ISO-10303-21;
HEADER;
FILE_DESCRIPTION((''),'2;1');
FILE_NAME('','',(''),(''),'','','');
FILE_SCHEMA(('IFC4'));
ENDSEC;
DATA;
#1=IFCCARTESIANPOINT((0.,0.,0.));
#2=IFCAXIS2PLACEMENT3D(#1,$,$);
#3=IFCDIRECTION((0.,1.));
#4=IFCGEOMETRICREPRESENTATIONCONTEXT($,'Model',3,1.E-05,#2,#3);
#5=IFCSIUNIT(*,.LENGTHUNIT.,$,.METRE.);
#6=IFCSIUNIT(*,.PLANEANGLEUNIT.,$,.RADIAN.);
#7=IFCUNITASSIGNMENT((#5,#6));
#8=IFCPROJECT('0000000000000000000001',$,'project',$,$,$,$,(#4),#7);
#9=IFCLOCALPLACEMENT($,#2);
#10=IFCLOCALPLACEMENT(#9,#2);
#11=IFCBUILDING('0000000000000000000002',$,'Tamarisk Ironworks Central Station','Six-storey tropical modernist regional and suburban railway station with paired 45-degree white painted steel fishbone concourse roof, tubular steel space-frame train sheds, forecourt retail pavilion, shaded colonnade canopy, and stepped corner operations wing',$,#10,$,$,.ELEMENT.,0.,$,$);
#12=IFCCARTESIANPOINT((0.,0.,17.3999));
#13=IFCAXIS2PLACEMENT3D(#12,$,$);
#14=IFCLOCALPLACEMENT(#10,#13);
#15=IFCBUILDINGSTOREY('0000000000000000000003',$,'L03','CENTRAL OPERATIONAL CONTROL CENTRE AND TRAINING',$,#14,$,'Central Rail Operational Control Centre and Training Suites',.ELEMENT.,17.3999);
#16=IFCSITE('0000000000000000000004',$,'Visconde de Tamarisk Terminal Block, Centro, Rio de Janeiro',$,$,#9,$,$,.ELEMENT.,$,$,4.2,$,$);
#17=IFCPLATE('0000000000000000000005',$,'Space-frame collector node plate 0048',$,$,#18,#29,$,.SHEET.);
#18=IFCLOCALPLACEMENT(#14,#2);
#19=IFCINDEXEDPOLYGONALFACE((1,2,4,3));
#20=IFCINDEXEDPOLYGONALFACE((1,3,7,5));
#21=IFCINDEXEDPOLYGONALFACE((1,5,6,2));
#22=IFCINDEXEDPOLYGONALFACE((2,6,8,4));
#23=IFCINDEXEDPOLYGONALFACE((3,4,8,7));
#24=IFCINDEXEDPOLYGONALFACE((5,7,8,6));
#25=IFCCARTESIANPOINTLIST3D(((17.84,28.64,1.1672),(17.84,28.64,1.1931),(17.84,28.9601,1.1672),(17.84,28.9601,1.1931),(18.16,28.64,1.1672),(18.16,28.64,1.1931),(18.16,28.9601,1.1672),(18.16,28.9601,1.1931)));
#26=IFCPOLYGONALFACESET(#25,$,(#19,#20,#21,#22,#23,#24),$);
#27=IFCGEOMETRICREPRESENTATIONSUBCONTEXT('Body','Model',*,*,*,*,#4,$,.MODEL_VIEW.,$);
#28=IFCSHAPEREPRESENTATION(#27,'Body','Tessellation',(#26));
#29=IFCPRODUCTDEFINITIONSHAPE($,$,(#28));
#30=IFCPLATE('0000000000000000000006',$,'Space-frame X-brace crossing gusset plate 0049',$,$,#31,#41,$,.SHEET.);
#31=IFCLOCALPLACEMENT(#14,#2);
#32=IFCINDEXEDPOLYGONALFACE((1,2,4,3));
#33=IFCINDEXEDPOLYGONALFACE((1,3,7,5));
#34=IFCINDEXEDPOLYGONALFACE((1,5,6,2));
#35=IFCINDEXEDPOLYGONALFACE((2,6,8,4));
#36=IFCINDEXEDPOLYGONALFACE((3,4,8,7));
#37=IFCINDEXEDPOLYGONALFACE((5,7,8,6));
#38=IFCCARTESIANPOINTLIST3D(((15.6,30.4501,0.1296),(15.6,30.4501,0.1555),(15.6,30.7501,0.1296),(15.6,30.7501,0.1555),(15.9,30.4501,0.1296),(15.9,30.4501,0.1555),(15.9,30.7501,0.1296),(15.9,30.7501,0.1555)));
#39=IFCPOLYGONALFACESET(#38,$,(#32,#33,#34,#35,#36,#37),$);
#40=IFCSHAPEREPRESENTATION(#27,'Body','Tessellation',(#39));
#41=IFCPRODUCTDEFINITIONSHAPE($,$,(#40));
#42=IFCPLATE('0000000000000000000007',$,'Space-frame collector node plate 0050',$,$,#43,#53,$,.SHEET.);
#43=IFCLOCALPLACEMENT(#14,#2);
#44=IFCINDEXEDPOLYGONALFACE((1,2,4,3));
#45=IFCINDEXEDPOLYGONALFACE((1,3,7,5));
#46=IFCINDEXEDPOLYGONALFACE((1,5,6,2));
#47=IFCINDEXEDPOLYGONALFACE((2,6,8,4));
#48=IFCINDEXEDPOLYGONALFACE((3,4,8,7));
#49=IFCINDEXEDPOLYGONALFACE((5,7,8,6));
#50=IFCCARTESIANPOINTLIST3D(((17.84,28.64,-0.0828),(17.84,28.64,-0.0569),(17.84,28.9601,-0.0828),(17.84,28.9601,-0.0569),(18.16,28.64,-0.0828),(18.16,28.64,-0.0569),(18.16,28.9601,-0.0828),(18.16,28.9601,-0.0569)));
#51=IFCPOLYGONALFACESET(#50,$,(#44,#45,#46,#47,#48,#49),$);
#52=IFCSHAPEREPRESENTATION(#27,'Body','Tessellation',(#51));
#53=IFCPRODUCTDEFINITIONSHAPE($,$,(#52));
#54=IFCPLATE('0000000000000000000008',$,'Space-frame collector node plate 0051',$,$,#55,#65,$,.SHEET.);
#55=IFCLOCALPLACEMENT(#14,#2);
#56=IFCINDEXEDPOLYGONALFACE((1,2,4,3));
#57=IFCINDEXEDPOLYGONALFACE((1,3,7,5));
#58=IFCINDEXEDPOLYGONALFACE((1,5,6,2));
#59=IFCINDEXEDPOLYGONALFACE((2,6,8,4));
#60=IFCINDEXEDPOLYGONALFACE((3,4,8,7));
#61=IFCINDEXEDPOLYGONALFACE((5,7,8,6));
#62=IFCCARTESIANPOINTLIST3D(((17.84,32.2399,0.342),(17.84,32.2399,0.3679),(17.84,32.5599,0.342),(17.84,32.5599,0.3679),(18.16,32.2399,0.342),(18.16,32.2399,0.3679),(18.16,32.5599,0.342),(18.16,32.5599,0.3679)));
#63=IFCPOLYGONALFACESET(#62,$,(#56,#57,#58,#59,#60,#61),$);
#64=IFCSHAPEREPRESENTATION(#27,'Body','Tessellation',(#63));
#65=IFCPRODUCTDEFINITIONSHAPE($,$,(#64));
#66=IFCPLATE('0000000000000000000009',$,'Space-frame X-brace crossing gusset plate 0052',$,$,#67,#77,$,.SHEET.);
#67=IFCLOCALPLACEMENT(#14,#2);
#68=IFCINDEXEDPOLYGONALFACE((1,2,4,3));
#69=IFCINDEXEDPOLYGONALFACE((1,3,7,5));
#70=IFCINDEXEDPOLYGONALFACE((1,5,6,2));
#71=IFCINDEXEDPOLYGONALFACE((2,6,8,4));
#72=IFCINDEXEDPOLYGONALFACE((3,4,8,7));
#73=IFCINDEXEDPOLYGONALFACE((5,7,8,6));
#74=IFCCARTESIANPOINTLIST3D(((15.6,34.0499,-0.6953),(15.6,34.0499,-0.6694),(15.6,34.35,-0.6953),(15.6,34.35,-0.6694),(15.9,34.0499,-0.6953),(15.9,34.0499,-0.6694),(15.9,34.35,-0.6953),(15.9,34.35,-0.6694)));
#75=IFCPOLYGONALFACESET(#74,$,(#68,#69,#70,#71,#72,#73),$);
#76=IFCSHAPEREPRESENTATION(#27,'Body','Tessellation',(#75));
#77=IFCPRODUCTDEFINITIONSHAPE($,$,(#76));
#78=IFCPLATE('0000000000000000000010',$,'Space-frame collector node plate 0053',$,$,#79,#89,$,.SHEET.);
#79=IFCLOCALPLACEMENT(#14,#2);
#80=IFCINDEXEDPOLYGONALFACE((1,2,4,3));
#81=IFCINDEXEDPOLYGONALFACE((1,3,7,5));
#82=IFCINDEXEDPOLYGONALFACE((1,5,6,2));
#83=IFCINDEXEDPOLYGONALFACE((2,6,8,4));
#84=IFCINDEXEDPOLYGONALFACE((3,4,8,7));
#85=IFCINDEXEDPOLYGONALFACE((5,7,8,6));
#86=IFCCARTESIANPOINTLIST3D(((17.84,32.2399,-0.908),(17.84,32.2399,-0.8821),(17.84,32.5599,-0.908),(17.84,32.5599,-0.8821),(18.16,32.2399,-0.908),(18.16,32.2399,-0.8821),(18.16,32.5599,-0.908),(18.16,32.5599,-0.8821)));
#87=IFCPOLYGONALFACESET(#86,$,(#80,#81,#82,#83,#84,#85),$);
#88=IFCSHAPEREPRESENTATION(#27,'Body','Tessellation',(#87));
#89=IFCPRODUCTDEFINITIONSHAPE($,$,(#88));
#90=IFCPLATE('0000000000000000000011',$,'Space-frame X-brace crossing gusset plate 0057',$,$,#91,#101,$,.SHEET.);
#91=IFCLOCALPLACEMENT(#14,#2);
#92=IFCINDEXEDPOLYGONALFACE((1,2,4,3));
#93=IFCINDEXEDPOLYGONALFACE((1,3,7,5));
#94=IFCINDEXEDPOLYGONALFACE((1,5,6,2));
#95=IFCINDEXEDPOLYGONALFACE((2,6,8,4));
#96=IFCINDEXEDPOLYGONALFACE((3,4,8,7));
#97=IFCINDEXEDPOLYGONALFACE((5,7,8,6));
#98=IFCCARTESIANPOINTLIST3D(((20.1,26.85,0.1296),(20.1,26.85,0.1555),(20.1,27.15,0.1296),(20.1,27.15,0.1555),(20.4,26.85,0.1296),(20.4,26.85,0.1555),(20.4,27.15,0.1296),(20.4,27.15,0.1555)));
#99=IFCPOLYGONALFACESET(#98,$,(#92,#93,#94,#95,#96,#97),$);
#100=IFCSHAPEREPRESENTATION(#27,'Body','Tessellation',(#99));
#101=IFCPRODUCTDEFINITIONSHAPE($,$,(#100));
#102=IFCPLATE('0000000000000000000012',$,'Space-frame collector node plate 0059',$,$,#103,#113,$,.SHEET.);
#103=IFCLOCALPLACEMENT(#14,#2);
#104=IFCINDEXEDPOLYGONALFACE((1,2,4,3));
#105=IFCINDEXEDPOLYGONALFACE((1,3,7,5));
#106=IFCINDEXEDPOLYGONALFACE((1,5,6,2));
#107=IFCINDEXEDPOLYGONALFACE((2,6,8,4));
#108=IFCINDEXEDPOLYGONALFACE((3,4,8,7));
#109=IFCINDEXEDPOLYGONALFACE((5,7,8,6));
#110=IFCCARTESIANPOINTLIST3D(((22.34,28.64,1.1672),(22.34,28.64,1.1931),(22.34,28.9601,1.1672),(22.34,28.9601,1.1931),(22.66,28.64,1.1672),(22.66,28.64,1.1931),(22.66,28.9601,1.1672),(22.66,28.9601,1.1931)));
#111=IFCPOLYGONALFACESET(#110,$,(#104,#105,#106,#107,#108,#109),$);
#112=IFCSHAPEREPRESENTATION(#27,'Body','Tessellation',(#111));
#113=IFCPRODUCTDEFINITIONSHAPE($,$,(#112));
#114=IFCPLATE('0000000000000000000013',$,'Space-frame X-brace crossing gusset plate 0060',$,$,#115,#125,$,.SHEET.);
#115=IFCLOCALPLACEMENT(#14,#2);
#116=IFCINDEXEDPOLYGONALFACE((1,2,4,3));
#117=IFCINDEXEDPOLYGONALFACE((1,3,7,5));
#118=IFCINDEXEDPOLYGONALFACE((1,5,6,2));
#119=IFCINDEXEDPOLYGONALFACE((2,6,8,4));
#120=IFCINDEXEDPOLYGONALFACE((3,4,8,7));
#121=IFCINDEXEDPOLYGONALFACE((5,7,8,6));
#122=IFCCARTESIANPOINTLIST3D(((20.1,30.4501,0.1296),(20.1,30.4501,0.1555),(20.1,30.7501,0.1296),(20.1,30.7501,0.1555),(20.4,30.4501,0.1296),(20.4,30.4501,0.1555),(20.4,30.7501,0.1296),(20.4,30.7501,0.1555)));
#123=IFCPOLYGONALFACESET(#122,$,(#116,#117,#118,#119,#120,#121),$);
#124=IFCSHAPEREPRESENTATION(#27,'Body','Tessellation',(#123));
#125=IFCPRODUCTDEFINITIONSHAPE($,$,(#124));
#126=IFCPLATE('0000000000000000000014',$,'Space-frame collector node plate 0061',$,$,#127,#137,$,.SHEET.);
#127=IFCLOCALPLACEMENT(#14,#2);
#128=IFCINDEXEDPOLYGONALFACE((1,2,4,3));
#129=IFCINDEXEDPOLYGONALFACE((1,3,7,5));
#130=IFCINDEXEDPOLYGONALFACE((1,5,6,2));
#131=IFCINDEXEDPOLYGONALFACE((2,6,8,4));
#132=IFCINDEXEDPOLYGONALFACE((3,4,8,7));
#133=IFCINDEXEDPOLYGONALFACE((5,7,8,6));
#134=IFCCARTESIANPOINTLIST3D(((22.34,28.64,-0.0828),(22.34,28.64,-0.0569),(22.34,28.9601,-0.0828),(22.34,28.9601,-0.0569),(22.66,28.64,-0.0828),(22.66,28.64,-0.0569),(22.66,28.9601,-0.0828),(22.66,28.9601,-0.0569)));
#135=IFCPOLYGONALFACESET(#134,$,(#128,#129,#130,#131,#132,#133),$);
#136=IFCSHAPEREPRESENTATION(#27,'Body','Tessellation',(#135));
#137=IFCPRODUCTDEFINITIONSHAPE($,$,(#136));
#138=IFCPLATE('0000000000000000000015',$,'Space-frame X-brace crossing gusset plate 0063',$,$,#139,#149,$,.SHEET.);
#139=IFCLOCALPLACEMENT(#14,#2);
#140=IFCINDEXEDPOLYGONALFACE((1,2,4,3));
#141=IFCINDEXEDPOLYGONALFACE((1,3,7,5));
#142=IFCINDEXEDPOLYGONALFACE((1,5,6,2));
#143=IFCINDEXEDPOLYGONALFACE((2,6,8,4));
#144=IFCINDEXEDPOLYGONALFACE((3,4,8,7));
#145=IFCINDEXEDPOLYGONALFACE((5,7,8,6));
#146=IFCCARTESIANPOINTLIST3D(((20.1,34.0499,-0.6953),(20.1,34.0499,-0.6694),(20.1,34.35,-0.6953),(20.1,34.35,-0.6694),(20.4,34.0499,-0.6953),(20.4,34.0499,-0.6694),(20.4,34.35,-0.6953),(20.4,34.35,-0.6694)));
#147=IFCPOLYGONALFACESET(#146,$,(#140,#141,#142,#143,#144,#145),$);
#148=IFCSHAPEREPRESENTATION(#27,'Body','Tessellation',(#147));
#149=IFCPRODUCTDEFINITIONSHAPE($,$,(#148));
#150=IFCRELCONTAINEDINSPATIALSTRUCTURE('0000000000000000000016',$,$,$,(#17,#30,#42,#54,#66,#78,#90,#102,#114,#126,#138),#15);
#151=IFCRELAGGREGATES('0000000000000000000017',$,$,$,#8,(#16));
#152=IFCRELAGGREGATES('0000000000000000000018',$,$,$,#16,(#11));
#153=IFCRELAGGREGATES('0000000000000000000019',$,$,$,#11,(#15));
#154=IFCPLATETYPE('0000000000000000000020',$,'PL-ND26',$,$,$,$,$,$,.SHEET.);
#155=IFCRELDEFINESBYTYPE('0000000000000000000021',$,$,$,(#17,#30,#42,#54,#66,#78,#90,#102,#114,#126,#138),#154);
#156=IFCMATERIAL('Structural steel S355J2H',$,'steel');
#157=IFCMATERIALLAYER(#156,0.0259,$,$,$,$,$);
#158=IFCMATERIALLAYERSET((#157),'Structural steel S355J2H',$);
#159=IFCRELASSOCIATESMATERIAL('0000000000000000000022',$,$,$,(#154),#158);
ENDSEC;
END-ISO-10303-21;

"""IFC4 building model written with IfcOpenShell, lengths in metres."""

from ifc_helpers import new_model, si_unit, direction, frame, origin, origin_2d, place, context, subcontext, project, spatial, rectangle, extrude, material, layer, layer_set, type_object, element, save


model = new_model("IFC4")

# Units and contexts
model_context = context("Model", 3, precision=1e-05, world=origin(), true_north=direction((0.0, 1.0)))
body_context = subcontext(model_context, "Body", "Model", "MODEL_VIEW")
ifc_project = project(units=[si_unit("LENGTHUNIT", "METRE"), si_unit("PLANEANGLEUNIT", "RADIAN")], contexts=[model_context])

# Site, building, storey
site_placement = place(None, origin())
site = spatial("IfcSite", under=ifc_project, at=site_placement, Name="Visconde de Tamarisk Terminal Block, Centro, Rio de Janeiro", CompositionType="ELEMENT", RefElevation=4.2)
building_placement = place(site_placement, origin())
building = spatial("IfcBuilding", under=site, at=building_placement, Name="Tamarisk Ironworks Central Station", Description="Six-storey tropical modernist regional and suburban railway station with paired 45-degree white painted steel fishbone concourse roof, tubular steel space-frame train sheds, forecourt retail pavilion, shaded colonnade canopy, and stepped corner operations wing", CompositionType="ELEMENT", ElevationOfRefHeight=0.0)
storey_placement = place(building_placement, frame((0.0, 0.0, 17.3999)))
storey = spatial("IfcBuildingStorey", under=building, at=storey_placement, Name="L03", Description="CENTRAL OPERATIONAL CONTROL CENTRE AND TRAINING", LongName="Central Rail Operational Control Centre and Training Suites", CompositionType="ELEMENT", Elevation=17.3999)

# Shared definitions
ifc_material = material(Name="Structural steel S355J2H", Category="steel")

# Plates
ifc_layer = layer(ifc_material, 0.0259)
ifc_layer_set = layer_set([ifc_layer], Name="Structural steel S355J2H")
plate_type = type_object("IfcPlateType", Name="PL-ND26", PredefinedType="SHEET", material=ifc_layer_set)
plate_1_placement = place(storey_placement, frame((18.0, 28.8, 1.1672), z_axis=(0.0, 0.0, 1.0), x_axis=(1.0, 0.0, 0.0)))
element("IfcPlate", 1, at=plate_1_placement, inside=storey, type_object=plate_type, Name="Space-frame collector node plate 0048", PredefinedType="SHEET", context=body_context, shape_type="SweptSolid", body=[
    extrude(rectangle(XDim=0.3201, YDim=0.3201, at=origin_2d()), origin(), (0.0, 0.0, 1.0), 0.0259),
])
plate_2_placement = place(storey_placement, frame((15.75, 30.6001, 0.1296), z_axis=(0.0, 0.0, 1.0), x_axis=(1.0, 0.0, 0.0)))
element("IfcPlate", 2, at=plate_2_placement, inside=storey, type_object=plate_type, Name="Space-frame X-brace crossing gusset plate 0049", PredefinedType="SHEET", context=body_context, shape_type="SweptSolid", body=[
    extrude(rectangle(XDim=0.3, YDim=0.3, at=origin_2d()), origin(), (0.0, 0.0, 1.0), 0.0259),
])
for number, where, z_axis, x_axis, name in (
    (3, (18.0, 28.8, -0.0828), (0.0, 0.0, 1.0), (1.0, 0.0, 0.0), "Space-frame collector node plate 0050"),
    (4, (18.0, 32.3999, 0.342), (0.0, 0.0, 1.0), (1.0, 0.0, 0.0), "Space-frame collector node plate 0051"),
):
    element("IfcPlate", number, at=place(storey_placement, frame(where, z_axis=z_axis, x_axis=x_axis)), inside=storey, type_object=plate_type, Name=name, PredefinedType="SHEET", context=body_context, shape_type="SweptSolid", body=[
        extrude(rectangle(XDim=0.3201, YDim=0.3201, at=origin_2d()), origin(), (0.0, 0.0, 1.0), 0.0259),
    ])
plate_3_placement = place(storey_placement, frame((15.75, 34.2, -0.6953), z_axis=(0.0, 0.0, 1.0), x_axis=(1.0, 0.0, 0.0)))
element("IfcPlate", 5, at=plate_3_placement, inside=storey, type_object=plate_type, Name="Space-frame X-brace crossing gusset plate 0052", PredefinedType="SHEET", context=body_context, shape_type="SweptSolid", body=[
    extrude(rectangle(XDim=0.3, YDim=0.3, at=origin_2d()), origin(), (0.0, 0.0, 1.0), 0.0259),
])
plate_4_placement = place(storey_placement, frame((18.0, 32.3999, -0.908), z_axis=(0.0, 0.0, 1.0), x_axis=(1.0, 0.0, 0.0)))
element("IfcPlate", 6, at=plate_4_placement, inside=storey, type_object=plate_type, Name="Space-frame collector node plate 0053", PredefinedType="SHEET", context=body_context, shape_type="SweptSolid", body=[
    extrude(rectangle(XDim=0.3201, YDim=0.3201, at=origin_2d()), origin(), (0.0, 0.0, 1.0), 0.0259),
])
plate_5_placement = place(storey_placement, frame((20.25, 27.0, 0.1296), z_axis=(0.0, 0.0, 1.0), x_axis=(1.0, 0.0, 0.0)))
element("IfcPlate", 7, at=plate_5_placement, inside=storey, type_object=plate_type, Name="Space-frame X-brace crossing gusset plate 0057", PredefinedType="SHEET", context=body_context, shape_type="SweptSolid", body=[
    extrude(rectangle(XDim=0.3, YDim=0.3, at=origin_2d()), origin(), (0.0, 0.0, 1.0), 0.0259),
])
plate_6_placement = place(storey_placement, frame((22.5, 28.8, 1.1672), z_axis=(0.0, 0.0, 1.0), x_axis=(1.0, 0.0, 0.0)))
element("IfcPlate", 8, at=plate_6_placement, inside=storey, type_object=plate_type, Name="Space-frame collector node plate 0059", PredefinedType="SHEET", context=body_context, shape_type="SweptSolid", body=[
    extrude(rectangle(XDim=0.3201, YDim=0.3201, at=origin_2d()), origin(), (0.0, 0.0, 1.0), 0.0259),
])
plate_7_placement = place(storey_placement, frame((20.25, 30.6001, 0.1296), z_axis=(0.0, 0.0, 1.0), x_axis=(1.0, 0.0, 0.0)))
element("IfcPlate", 9, at=plate_7_placement, inside=storey, type_object=plate_type, Name="Space-frame X-brace crossing gusset plate 0060", PredefinedType="SHEET", context=body_context, shape_type="SweptSolid", body=[
    extrude(rectangle(XDim=0.3, YDim=0.3, at=origin_2d()), origin(), (0.0, 0.0, 1.0), 0.0259),
])
plate_8_placement = place(storey_placement, frame((22.5, 28.8, -0.0828), z_axis=(0.0, 0.0, 1.0), x_axis=(1.0, 0.0, 0.0)))
element("IfcPlate", 10, at=plate_8_placement, inside=storey, type_object=plate_type, Name="Space-frame collector node plate 0061", PredefinedType="SHEET", context=body_context, shape_type="SweptSolid", body=[
    extrude(rectangle(XDim=0.3201, YDim=0.3201, at=origin_2d()), origin(), (0.0, 0.0, 1.0), 0.0259),
])
plate_9_placement = place(storey_placement, frame((20.25, 34.2, -0.6953), z_axis=(0.0, 0.0, 1.0), x_axis=(1.0, 0.0, 0.0)))
element("IfcPlate", 11, at=plate_9_placement, inside=storey, type_object=plate_type, Name="Space-frame X-brace crossing gusset plate 0063", PredefinedType="SHEET", context=body_context, shape_type="SweptSolid", body=[
    extrude(rectangle(XDim=0.3, YDim=0.3, at=origin_2d()), origin(), (0.0, 0.0, 1.0), 0.0259),
])

save(model, "model.ifc")
